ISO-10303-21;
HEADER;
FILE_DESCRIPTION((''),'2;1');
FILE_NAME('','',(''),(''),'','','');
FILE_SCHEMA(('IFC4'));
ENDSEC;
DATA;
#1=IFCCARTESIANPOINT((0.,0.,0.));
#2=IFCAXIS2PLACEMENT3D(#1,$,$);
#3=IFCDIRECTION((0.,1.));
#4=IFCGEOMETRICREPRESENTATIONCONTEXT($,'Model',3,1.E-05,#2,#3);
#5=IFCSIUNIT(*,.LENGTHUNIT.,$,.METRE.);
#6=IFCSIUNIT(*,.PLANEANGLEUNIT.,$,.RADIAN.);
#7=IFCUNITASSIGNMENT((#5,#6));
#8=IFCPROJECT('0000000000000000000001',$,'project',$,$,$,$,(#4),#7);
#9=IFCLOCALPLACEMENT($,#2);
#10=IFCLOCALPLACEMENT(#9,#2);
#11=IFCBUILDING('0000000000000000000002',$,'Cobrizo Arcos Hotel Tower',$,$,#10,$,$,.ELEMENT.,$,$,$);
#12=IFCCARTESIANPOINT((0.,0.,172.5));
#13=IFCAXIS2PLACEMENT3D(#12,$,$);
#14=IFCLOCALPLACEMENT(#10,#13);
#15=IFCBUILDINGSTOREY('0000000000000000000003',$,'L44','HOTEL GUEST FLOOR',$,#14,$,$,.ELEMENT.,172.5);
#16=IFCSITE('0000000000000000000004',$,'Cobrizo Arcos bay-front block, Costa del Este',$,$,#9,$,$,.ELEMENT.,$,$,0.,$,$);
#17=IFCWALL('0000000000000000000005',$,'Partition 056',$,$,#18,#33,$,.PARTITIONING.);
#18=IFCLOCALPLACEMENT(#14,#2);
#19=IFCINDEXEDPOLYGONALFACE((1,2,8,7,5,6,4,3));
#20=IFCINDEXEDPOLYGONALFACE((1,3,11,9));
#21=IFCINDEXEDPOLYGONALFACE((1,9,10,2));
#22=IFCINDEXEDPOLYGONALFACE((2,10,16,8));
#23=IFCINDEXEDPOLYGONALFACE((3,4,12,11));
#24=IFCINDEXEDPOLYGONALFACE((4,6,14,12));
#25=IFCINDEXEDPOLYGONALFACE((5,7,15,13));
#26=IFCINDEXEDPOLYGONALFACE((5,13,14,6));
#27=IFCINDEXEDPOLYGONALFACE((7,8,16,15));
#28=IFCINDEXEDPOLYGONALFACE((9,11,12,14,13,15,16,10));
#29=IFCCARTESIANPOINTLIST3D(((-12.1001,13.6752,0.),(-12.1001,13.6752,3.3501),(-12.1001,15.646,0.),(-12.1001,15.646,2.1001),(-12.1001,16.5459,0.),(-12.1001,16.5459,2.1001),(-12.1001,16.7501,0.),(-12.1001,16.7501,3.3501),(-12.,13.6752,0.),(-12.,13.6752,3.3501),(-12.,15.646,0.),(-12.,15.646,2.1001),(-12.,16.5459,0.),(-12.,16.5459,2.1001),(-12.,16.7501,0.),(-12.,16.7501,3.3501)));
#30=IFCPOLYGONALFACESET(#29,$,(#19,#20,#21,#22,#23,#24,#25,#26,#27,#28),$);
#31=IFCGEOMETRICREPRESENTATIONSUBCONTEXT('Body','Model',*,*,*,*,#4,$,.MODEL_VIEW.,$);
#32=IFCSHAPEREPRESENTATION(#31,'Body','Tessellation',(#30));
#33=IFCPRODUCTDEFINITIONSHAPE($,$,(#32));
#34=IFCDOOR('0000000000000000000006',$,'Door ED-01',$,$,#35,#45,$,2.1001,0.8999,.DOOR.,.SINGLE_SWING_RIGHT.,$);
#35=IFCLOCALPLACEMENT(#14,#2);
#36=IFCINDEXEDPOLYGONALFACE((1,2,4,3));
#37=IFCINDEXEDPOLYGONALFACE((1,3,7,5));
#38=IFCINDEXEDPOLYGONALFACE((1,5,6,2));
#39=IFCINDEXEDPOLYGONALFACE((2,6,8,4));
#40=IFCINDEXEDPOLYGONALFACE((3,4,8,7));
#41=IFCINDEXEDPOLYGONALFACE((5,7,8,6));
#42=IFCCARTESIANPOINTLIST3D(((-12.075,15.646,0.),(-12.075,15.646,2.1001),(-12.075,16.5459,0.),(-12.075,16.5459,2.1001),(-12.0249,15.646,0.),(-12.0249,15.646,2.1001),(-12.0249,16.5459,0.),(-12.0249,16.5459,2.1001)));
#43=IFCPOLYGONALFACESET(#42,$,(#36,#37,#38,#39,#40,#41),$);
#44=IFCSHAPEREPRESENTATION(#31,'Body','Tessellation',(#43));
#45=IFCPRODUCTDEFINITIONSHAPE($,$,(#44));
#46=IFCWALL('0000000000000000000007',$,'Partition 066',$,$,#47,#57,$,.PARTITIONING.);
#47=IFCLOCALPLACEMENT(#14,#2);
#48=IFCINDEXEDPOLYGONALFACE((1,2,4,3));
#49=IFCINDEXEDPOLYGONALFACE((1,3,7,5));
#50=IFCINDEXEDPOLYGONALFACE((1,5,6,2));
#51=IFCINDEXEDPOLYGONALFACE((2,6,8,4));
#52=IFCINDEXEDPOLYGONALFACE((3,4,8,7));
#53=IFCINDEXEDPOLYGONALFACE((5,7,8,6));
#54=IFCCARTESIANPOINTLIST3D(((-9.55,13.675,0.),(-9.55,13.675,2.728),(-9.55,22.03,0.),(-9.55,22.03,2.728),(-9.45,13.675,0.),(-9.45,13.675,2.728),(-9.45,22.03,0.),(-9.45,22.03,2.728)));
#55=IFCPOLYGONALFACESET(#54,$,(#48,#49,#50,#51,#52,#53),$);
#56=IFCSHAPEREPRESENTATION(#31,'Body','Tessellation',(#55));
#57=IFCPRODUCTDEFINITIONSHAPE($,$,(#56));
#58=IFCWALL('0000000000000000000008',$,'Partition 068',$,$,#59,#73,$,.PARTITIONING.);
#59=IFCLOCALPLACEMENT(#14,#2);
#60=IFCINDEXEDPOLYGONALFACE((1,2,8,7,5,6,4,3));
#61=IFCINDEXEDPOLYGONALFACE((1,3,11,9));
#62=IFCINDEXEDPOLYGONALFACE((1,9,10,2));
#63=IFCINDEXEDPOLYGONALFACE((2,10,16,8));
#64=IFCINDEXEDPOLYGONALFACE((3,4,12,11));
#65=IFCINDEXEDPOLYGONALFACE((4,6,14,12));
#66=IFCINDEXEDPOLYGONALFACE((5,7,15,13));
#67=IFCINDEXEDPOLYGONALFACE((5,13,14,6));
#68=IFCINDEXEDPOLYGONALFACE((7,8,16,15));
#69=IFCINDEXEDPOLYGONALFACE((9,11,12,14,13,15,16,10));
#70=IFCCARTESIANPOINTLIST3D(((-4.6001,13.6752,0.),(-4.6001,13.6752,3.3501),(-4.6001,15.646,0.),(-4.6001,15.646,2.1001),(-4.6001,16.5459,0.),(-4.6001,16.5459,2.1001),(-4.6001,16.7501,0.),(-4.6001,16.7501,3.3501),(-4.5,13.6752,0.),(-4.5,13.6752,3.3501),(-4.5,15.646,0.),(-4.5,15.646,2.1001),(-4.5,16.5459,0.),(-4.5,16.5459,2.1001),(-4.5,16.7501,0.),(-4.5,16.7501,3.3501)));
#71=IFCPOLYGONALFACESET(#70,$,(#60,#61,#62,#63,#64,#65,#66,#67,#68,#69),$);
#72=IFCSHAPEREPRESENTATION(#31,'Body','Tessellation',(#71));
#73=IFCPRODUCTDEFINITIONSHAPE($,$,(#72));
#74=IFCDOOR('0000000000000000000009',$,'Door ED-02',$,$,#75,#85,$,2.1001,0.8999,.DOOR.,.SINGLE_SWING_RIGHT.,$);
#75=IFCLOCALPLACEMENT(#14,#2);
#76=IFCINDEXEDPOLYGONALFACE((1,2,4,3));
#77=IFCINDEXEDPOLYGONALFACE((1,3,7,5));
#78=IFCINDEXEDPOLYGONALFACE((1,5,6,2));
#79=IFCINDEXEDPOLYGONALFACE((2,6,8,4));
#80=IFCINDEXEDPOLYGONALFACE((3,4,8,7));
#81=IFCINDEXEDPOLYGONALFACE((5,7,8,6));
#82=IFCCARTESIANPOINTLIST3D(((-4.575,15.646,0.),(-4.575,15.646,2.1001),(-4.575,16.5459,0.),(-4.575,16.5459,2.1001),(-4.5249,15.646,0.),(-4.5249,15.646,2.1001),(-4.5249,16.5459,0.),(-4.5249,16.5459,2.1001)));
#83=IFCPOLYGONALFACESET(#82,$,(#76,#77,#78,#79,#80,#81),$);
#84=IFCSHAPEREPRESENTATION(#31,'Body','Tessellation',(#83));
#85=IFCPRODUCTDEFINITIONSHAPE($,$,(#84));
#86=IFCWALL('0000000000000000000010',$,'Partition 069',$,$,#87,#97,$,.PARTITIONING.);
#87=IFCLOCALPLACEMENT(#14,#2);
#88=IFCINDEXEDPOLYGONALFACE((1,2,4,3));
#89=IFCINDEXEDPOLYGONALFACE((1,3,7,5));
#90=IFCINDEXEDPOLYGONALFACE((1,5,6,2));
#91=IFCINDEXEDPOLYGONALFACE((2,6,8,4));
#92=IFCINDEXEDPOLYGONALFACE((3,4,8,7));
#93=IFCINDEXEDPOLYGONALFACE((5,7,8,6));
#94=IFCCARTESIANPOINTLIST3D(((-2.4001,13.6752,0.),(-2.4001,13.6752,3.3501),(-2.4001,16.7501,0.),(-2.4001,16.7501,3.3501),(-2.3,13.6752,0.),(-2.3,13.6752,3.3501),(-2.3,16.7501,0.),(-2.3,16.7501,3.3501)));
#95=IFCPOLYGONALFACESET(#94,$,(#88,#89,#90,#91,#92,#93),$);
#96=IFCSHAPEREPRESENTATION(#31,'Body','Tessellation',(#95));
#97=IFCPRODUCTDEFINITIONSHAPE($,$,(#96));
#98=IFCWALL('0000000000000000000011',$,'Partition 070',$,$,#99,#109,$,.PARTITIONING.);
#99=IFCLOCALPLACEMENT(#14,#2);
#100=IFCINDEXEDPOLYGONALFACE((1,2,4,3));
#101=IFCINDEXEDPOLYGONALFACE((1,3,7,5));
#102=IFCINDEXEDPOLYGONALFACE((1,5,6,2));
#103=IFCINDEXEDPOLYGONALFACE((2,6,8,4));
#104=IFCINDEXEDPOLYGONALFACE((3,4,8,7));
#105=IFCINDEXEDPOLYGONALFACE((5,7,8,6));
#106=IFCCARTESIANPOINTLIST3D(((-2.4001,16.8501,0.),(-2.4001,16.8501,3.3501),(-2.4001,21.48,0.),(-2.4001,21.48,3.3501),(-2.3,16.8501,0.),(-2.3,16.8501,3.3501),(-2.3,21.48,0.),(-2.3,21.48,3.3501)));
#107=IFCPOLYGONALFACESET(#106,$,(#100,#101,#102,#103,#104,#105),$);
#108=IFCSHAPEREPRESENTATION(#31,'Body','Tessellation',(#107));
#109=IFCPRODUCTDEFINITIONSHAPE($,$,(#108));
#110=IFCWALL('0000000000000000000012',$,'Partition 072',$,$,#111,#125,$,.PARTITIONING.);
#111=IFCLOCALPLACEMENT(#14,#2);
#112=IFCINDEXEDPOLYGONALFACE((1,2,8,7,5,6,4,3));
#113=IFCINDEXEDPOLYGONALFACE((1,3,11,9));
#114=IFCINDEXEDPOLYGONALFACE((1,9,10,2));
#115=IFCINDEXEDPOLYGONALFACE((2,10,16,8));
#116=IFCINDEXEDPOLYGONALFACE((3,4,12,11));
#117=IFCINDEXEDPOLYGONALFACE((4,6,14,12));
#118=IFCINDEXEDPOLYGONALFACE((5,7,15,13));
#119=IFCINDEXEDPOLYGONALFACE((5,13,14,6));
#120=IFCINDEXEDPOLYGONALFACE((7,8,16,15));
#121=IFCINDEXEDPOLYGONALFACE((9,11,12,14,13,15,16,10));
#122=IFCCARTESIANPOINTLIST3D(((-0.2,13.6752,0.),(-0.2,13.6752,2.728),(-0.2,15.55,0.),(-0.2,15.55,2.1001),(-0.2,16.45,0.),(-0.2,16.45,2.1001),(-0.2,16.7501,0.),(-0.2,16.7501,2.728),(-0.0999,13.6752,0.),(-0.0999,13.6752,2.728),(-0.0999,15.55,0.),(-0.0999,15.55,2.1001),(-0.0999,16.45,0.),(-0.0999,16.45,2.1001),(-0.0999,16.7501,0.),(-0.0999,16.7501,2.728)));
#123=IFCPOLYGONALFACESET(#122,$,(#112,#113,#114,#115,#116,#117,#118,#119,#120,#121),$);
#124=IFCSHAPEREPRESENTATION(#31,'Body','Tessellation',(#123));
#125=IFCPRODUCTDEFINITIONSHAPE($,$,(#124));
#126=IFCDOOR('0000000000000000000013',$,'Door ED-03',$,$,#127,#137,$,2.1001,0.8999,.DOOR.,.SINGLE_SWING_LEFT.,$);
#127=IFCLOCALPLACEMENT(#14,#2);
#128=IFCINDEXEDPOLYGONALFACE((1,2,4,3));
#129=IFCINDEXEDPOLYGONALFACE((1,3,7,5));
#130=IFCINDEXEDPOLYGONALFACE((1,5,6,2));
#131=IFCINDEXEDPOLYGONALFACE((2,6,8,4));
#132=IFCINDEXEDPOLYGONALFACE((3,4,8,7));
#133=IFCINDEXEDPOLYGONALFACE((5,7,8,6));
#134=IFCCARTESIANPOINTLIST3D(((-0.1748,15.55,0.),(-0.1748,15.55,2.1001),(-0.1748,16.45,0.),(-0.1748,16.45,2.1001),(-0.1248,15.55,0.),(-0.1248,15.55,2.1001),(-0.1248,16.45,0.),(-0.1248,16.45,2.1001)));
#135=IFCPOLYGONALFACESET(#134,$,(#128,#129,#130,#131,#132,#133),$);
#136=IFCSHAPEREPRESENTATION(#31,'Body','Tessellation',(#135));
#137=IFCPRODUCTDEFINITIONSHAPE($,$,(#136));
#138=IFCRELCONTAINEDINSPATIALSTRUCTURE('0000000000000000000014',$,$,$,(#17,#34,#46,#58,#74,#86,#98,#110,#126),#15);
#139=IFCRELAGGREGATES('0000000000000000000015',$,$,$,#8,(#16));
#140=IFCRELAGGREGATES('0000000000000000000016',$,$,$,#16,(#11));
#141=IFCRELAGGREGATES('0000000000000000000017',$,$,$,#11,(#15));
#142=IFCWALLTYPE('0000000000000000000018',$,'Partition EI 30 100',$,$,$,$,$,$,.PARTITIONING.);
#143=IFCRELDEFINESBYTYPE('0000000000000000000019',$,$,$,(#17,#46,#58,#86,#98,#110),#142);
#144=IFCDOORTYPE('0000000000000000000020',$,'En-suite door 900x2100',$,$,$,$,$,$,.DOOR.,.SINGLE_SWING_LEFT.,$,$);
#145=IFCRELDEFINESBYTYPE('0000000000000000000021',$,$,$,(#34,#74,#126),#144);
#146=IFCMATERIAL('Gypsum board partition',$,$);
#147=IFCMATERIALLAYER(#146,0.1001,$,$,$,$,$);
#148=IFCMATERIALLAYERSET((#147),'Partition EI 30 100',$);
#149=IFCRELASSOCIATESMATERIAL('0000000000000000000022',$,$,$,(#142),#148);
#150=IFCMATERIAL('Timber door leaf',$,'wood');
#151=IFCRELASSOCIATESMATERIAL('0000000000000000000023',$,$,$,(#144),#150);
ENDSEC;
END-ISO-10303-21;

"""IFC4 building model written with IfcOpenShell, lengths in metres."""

from ifc_helpers import new_model, si_unit, direction, frame, frame_2d, origin, place, context, subcontext, project, spatial, rectangle, extrude, material, layer, layer_set, type_object, element, fill, save


model = new_model("IFC4")

# Units and contexts
model_context = context("Model", 3, precision=1e-05, world=origin(), true_north=direction((0.0, 1.0)))
body_context = subcontext(model_context, "Body", "Model", "MODEL_VIEW")
ifc_project = project(units=[si_unit("LENGTHUNIT", "METRE"), si_unit("PLANEANGLEUNIT", "RADIAN")], contexts=[model_context])

# Site, building, storey
site_placement = place(None, origin())
site = spatial("IfcSite", under=ifc_project, at=site_placement, Name="Cobrizo Arcos bay-front block, Costa del Este", CompositionType="ELEMENT", RefElevation=0.0)
building_placement = place(site_placement, origin())
building = spatial("IfcBuilding", under=site, at=building_placement, Name="Cobrizo Arcos Hotel Tower", CompositionType="ELEMENT")
storey_placement = place(building_placement, frame((0.0, 0.0, 172.5)))
storey = spatial("IfcBuildingStorey", under=building, at=storey_placement, Name="L44", Description="HOTEL GUEST FLOOR", CompositionType="ELEMENT", Elevation=172.5)

# Shared definitions
ifc_material_1 = material(Name="Gypsum board partition")
ifc_material_2 = material(Name="Timber door leaf", Category="wood")

# Shared definitions
ifc_layer_1 = layer(ifc_material_1, 0.1001)
ifc_layer_set_1 = layer_set([ifc_layer_1], Name="Partition EI 30 100")
wall_type_1 = type_object("IfcWallType", Name="Partition EI 30 100", PredefinedType="PARTITIONING", material=ifc_layer_set_1)

# Wall, opening, door
wall_1_placement = place(storey_placement, frame((-12.05, 13.675, 0.0), z_axis=(0.0, 0.0, 1.0), x_axis=(0.0, 1.0, 0.0)))
wall_1 = element("IfcWall", 1, at=wall_1_placement, inside=storey, type_object=wall_type_1, Name="Partition 056", PredefinedType="PARTITIONING", context=body_context, shape_type="SweptSolid", body=[
    extrude(rectangle(XDim=3.075, YDim=0.1001, at=frame_2d((1.5376, 0.0))), origin(), (0.0, 0.0, 1.0), 3.3501),
])
opening_1_placement = place(wall_1_placement, frame((1.9709, 0.0, 0.0)))
opening_1 = element("IfcOpeningElement", 2, at=opening_1_placement, cuts=wall_1, PredefinedType="OPENING", context=body_context, shape_type="SweptSolid", body=[
    extrude(rectangle(XDim=0.8999, YDim=2.1001, at=frame_2d((0.45, 1.05))), frame((0.0, 0.062, 0.0), z_axis=(0.0, -1.0, 0.0), x_axis=(1.0, 0.0, 0.0)), (0.0, 0.0, 1.0), 0.124),
])
door_type_1 = type_object("IfcDoorType", Name="En-suite door 900x2100", OperationType="SINGLE_SWING_LEFT", PredefinedType="DOOR", material=ifc_material_2)
door_1_placement = place(opening_1_placement, origin())
door_1 = element("IfcDoor", 3, at=door_1_placement, inside=storey, type_object=door_type_1, Name="Door ED-01", OperationType="SINGLE_SWING_RIGHT", OverallHeight=2.1001, OverallWidth=0.8999, PredefinedType="DOOR", context=body_context, shape_type="SweptSolid", body=[
    extrude(rectangle(XDim=0.8999, YDim=2.1001, at=frame_2d((0.45, 1.05))), frame((0.0, 0.0249, 0.0), z_axis=(0.0, -1.0, 0.0), x_axis=(1.0, 0.0, 0.0)), (0.0, 0.0, 1.0), 0.05),
])
fill(opening_1, door_1)

# Wall
wall_2_placement = place(storey_placement, frame((-9.5, 13.675, 0.0), z_axis=(0.0, 0.0, 1.0), x_axis=(0.0, 1.0, 0.0)))
element("IfcWall", 4, at=wall_2_placement, inside=storey, type_object=wall_type_1, Name="Partition 066", PredefinedType="PARTITIONING", context=body_context, shape_type="SweptSolid", body=[
    extrude(rectangle(XDim=8.355, YDim=0.1001, at=frame_2d((4.1775, 0.0))), origin(), (0.0, 0.0, 1.0), 2.728),
])

# Wall, opening, door
wall_3_placement = place(storey_placement, frame((-4.55, 13.675, 0.0), z_axis=(0.0, 0.0, 1.0), x_axis=(0.0, 1.0, 0.0)))
wall_3 = element("IfcWall", 5, at=wall_3_placement, inside=storey, type_object=wall_type_1, Name="Partition 068", PredefinedType="PARTITIONING", context=body_context, shape_type="SweptSolid", body=[
    extrude(rectangle(XDim=3.075, YDim=0.1001, at=frame_2d((1.5376, 0.0))), origin(), (0.0, 0.0, 1.0), 3.3501),
])
opening_2_placement = place(wall_3_placement, frame((1.9709, 0.0, 0.0)))
opening_2 = element("IfcOpeningElement", 6, at=opening_2_placement, cuts=wall_3, PredefinedType="OPENING", context=body_context, shape_type="SweptSolid", body=[
    extrude(rectangle(XDim=0.8999, YDim=2.1001, at=frame_2d((0.45, 1.05))), frame((0.0, 0.062, 0.0), z_axis=(0.0, -1.0, 0.0), x_axis=(1.0, 0.0, 0.0)), (0.0, 0.0, 1.0), 0.124),
])
door_2_placement = place(opening_2_placement, origin())
door_2 = element("IfcDoor", 7, at=door_2_placement, inside=storey, type_object=door_type_1, Name="Door ED-02", OperationType="SINGLE_SWING_RIGHT", OverallHeight=2.1001, OverallWidth=0.8999, PredefinedType="DOOR", context=body_context, shape_type="SweptSolid", body=[
    extrude(rectangle(XDim=0.8999, YDim=2.1001, at=frame_2d((0.45, 1.05))), frame((0.0, 0.0249, 0.0), z_axis=(0.0, -1.0, 0.0), x_axis=(1.0, 0.0, 0.0)), (0.0, 0.0, 1.0), 0.05),
])
fill(opening_2, door_2)

# Walls
wall_4_placement = place(storey_placement, frame((-2.3501, 13.675, 0.0), z_axis=(0.0, 0.0, 1.0), x_axis=(0.0, 1.0, 0.0)))
element("IfcWall", 8, at=wall_4_placement, inside=storey, type_object=wall_type_1, Name="Partition 069", PredefinedType="PARTITIONING", context=body_context, shape_type="SweptSolid", body=[
    extrude(rectangle(XDim=3.075, YDim=0.1001, at=frame_2d((1.5376, 0.0))), origin(), (0.0, 0.0, 1.0), 3.3501),
])
wall_5_placement = place(storey_placement, frame((-2.3501, 16.8501, 0.0), z_axis=(0.0, 0.0, 1.0), x_axis=(0.0, 1.0, 0.0)))
element("IfcWall", 9, at=wall_5_placement, inside=storey, type_object=wall_type_1, Name="Partition 070", PredefinedType="PARTITIONING", context=body_context, shape_type="SweptSolid", body=[
    extrude(rectangle(XDim=4.6299, YDim=0.1001, at=frame_2d((2.3149, 0.0))), origin(), (0.0, 0.0, 1.0), 3.3501),
])

# Wall, opening, door
wall_6_placement = place(storey_placement, frame((-0.1499, 13.675, 0.0), z_axis=(0.0, 0.0, 1.0), x_axis=(0.0, 1.0, 0.0)))
wall_6 = element("IfcWall", 10, at=wall_6_placement, inside=storey, type_object=wall_type_1, Name="Partition 072", PredefinedType="PARTITIONING", context=body_context, shape_type="SweptSolid", body=[
    extrude(rectangle(XDim=3.075, YDim=0.1001, at=frame_2d((1.5376, 0.0))), origin(), (0.0, 0.0, 1.0), 2.728),
])
opening_3_placement = place(wall_6_placement, frame((1.875, 0.0, 0.0)))
opening_3 = element("IfcOpeningElement", 11, at=opening_3_placement, cuts=wall_6, PredefinedType="OPENING", context=body_context, shape_type="SweptSolid", body=[
    extrude(rectangle(XDim=0.8999, YDim=2.1001, at=frame_2d((0.45, 1.05))), frame((0.0, 0.062, 0.0), z_axis=(0.0, -1.0, 0.0), x_axis=(1.0, 0.0, 0.0)), (0.0, 0.0, 1.0), 0.124),
])
door_3_placement = place(opening_3_placement, origin())
door_3 = element("IfcDoor", 12, at=door_3_placement, inside=storey, type_object=door_type_1, Name="Door ED-03", OperationType="SINGLE_SWING_LEFT", OverallHeight=2.1001, OverallWidth=0.8999, PredefinedType="DOOR", context=body_context, shape_type="SweptSolid", body=[
    extrude(rectangle(XDim=0.8999, YDim=2.1001, at=frame_2d((0.45, 1.05))), frame((0.0, 0.0249, 0.0), z_axis=(0.0, -1.0, 0.0), x_axis=(1.0, 0.0, 0.0)), (0.0, 0.0, 1.0), 0.05),
])
fill(opening_3, door_3)

save(model, "model.ifc")
